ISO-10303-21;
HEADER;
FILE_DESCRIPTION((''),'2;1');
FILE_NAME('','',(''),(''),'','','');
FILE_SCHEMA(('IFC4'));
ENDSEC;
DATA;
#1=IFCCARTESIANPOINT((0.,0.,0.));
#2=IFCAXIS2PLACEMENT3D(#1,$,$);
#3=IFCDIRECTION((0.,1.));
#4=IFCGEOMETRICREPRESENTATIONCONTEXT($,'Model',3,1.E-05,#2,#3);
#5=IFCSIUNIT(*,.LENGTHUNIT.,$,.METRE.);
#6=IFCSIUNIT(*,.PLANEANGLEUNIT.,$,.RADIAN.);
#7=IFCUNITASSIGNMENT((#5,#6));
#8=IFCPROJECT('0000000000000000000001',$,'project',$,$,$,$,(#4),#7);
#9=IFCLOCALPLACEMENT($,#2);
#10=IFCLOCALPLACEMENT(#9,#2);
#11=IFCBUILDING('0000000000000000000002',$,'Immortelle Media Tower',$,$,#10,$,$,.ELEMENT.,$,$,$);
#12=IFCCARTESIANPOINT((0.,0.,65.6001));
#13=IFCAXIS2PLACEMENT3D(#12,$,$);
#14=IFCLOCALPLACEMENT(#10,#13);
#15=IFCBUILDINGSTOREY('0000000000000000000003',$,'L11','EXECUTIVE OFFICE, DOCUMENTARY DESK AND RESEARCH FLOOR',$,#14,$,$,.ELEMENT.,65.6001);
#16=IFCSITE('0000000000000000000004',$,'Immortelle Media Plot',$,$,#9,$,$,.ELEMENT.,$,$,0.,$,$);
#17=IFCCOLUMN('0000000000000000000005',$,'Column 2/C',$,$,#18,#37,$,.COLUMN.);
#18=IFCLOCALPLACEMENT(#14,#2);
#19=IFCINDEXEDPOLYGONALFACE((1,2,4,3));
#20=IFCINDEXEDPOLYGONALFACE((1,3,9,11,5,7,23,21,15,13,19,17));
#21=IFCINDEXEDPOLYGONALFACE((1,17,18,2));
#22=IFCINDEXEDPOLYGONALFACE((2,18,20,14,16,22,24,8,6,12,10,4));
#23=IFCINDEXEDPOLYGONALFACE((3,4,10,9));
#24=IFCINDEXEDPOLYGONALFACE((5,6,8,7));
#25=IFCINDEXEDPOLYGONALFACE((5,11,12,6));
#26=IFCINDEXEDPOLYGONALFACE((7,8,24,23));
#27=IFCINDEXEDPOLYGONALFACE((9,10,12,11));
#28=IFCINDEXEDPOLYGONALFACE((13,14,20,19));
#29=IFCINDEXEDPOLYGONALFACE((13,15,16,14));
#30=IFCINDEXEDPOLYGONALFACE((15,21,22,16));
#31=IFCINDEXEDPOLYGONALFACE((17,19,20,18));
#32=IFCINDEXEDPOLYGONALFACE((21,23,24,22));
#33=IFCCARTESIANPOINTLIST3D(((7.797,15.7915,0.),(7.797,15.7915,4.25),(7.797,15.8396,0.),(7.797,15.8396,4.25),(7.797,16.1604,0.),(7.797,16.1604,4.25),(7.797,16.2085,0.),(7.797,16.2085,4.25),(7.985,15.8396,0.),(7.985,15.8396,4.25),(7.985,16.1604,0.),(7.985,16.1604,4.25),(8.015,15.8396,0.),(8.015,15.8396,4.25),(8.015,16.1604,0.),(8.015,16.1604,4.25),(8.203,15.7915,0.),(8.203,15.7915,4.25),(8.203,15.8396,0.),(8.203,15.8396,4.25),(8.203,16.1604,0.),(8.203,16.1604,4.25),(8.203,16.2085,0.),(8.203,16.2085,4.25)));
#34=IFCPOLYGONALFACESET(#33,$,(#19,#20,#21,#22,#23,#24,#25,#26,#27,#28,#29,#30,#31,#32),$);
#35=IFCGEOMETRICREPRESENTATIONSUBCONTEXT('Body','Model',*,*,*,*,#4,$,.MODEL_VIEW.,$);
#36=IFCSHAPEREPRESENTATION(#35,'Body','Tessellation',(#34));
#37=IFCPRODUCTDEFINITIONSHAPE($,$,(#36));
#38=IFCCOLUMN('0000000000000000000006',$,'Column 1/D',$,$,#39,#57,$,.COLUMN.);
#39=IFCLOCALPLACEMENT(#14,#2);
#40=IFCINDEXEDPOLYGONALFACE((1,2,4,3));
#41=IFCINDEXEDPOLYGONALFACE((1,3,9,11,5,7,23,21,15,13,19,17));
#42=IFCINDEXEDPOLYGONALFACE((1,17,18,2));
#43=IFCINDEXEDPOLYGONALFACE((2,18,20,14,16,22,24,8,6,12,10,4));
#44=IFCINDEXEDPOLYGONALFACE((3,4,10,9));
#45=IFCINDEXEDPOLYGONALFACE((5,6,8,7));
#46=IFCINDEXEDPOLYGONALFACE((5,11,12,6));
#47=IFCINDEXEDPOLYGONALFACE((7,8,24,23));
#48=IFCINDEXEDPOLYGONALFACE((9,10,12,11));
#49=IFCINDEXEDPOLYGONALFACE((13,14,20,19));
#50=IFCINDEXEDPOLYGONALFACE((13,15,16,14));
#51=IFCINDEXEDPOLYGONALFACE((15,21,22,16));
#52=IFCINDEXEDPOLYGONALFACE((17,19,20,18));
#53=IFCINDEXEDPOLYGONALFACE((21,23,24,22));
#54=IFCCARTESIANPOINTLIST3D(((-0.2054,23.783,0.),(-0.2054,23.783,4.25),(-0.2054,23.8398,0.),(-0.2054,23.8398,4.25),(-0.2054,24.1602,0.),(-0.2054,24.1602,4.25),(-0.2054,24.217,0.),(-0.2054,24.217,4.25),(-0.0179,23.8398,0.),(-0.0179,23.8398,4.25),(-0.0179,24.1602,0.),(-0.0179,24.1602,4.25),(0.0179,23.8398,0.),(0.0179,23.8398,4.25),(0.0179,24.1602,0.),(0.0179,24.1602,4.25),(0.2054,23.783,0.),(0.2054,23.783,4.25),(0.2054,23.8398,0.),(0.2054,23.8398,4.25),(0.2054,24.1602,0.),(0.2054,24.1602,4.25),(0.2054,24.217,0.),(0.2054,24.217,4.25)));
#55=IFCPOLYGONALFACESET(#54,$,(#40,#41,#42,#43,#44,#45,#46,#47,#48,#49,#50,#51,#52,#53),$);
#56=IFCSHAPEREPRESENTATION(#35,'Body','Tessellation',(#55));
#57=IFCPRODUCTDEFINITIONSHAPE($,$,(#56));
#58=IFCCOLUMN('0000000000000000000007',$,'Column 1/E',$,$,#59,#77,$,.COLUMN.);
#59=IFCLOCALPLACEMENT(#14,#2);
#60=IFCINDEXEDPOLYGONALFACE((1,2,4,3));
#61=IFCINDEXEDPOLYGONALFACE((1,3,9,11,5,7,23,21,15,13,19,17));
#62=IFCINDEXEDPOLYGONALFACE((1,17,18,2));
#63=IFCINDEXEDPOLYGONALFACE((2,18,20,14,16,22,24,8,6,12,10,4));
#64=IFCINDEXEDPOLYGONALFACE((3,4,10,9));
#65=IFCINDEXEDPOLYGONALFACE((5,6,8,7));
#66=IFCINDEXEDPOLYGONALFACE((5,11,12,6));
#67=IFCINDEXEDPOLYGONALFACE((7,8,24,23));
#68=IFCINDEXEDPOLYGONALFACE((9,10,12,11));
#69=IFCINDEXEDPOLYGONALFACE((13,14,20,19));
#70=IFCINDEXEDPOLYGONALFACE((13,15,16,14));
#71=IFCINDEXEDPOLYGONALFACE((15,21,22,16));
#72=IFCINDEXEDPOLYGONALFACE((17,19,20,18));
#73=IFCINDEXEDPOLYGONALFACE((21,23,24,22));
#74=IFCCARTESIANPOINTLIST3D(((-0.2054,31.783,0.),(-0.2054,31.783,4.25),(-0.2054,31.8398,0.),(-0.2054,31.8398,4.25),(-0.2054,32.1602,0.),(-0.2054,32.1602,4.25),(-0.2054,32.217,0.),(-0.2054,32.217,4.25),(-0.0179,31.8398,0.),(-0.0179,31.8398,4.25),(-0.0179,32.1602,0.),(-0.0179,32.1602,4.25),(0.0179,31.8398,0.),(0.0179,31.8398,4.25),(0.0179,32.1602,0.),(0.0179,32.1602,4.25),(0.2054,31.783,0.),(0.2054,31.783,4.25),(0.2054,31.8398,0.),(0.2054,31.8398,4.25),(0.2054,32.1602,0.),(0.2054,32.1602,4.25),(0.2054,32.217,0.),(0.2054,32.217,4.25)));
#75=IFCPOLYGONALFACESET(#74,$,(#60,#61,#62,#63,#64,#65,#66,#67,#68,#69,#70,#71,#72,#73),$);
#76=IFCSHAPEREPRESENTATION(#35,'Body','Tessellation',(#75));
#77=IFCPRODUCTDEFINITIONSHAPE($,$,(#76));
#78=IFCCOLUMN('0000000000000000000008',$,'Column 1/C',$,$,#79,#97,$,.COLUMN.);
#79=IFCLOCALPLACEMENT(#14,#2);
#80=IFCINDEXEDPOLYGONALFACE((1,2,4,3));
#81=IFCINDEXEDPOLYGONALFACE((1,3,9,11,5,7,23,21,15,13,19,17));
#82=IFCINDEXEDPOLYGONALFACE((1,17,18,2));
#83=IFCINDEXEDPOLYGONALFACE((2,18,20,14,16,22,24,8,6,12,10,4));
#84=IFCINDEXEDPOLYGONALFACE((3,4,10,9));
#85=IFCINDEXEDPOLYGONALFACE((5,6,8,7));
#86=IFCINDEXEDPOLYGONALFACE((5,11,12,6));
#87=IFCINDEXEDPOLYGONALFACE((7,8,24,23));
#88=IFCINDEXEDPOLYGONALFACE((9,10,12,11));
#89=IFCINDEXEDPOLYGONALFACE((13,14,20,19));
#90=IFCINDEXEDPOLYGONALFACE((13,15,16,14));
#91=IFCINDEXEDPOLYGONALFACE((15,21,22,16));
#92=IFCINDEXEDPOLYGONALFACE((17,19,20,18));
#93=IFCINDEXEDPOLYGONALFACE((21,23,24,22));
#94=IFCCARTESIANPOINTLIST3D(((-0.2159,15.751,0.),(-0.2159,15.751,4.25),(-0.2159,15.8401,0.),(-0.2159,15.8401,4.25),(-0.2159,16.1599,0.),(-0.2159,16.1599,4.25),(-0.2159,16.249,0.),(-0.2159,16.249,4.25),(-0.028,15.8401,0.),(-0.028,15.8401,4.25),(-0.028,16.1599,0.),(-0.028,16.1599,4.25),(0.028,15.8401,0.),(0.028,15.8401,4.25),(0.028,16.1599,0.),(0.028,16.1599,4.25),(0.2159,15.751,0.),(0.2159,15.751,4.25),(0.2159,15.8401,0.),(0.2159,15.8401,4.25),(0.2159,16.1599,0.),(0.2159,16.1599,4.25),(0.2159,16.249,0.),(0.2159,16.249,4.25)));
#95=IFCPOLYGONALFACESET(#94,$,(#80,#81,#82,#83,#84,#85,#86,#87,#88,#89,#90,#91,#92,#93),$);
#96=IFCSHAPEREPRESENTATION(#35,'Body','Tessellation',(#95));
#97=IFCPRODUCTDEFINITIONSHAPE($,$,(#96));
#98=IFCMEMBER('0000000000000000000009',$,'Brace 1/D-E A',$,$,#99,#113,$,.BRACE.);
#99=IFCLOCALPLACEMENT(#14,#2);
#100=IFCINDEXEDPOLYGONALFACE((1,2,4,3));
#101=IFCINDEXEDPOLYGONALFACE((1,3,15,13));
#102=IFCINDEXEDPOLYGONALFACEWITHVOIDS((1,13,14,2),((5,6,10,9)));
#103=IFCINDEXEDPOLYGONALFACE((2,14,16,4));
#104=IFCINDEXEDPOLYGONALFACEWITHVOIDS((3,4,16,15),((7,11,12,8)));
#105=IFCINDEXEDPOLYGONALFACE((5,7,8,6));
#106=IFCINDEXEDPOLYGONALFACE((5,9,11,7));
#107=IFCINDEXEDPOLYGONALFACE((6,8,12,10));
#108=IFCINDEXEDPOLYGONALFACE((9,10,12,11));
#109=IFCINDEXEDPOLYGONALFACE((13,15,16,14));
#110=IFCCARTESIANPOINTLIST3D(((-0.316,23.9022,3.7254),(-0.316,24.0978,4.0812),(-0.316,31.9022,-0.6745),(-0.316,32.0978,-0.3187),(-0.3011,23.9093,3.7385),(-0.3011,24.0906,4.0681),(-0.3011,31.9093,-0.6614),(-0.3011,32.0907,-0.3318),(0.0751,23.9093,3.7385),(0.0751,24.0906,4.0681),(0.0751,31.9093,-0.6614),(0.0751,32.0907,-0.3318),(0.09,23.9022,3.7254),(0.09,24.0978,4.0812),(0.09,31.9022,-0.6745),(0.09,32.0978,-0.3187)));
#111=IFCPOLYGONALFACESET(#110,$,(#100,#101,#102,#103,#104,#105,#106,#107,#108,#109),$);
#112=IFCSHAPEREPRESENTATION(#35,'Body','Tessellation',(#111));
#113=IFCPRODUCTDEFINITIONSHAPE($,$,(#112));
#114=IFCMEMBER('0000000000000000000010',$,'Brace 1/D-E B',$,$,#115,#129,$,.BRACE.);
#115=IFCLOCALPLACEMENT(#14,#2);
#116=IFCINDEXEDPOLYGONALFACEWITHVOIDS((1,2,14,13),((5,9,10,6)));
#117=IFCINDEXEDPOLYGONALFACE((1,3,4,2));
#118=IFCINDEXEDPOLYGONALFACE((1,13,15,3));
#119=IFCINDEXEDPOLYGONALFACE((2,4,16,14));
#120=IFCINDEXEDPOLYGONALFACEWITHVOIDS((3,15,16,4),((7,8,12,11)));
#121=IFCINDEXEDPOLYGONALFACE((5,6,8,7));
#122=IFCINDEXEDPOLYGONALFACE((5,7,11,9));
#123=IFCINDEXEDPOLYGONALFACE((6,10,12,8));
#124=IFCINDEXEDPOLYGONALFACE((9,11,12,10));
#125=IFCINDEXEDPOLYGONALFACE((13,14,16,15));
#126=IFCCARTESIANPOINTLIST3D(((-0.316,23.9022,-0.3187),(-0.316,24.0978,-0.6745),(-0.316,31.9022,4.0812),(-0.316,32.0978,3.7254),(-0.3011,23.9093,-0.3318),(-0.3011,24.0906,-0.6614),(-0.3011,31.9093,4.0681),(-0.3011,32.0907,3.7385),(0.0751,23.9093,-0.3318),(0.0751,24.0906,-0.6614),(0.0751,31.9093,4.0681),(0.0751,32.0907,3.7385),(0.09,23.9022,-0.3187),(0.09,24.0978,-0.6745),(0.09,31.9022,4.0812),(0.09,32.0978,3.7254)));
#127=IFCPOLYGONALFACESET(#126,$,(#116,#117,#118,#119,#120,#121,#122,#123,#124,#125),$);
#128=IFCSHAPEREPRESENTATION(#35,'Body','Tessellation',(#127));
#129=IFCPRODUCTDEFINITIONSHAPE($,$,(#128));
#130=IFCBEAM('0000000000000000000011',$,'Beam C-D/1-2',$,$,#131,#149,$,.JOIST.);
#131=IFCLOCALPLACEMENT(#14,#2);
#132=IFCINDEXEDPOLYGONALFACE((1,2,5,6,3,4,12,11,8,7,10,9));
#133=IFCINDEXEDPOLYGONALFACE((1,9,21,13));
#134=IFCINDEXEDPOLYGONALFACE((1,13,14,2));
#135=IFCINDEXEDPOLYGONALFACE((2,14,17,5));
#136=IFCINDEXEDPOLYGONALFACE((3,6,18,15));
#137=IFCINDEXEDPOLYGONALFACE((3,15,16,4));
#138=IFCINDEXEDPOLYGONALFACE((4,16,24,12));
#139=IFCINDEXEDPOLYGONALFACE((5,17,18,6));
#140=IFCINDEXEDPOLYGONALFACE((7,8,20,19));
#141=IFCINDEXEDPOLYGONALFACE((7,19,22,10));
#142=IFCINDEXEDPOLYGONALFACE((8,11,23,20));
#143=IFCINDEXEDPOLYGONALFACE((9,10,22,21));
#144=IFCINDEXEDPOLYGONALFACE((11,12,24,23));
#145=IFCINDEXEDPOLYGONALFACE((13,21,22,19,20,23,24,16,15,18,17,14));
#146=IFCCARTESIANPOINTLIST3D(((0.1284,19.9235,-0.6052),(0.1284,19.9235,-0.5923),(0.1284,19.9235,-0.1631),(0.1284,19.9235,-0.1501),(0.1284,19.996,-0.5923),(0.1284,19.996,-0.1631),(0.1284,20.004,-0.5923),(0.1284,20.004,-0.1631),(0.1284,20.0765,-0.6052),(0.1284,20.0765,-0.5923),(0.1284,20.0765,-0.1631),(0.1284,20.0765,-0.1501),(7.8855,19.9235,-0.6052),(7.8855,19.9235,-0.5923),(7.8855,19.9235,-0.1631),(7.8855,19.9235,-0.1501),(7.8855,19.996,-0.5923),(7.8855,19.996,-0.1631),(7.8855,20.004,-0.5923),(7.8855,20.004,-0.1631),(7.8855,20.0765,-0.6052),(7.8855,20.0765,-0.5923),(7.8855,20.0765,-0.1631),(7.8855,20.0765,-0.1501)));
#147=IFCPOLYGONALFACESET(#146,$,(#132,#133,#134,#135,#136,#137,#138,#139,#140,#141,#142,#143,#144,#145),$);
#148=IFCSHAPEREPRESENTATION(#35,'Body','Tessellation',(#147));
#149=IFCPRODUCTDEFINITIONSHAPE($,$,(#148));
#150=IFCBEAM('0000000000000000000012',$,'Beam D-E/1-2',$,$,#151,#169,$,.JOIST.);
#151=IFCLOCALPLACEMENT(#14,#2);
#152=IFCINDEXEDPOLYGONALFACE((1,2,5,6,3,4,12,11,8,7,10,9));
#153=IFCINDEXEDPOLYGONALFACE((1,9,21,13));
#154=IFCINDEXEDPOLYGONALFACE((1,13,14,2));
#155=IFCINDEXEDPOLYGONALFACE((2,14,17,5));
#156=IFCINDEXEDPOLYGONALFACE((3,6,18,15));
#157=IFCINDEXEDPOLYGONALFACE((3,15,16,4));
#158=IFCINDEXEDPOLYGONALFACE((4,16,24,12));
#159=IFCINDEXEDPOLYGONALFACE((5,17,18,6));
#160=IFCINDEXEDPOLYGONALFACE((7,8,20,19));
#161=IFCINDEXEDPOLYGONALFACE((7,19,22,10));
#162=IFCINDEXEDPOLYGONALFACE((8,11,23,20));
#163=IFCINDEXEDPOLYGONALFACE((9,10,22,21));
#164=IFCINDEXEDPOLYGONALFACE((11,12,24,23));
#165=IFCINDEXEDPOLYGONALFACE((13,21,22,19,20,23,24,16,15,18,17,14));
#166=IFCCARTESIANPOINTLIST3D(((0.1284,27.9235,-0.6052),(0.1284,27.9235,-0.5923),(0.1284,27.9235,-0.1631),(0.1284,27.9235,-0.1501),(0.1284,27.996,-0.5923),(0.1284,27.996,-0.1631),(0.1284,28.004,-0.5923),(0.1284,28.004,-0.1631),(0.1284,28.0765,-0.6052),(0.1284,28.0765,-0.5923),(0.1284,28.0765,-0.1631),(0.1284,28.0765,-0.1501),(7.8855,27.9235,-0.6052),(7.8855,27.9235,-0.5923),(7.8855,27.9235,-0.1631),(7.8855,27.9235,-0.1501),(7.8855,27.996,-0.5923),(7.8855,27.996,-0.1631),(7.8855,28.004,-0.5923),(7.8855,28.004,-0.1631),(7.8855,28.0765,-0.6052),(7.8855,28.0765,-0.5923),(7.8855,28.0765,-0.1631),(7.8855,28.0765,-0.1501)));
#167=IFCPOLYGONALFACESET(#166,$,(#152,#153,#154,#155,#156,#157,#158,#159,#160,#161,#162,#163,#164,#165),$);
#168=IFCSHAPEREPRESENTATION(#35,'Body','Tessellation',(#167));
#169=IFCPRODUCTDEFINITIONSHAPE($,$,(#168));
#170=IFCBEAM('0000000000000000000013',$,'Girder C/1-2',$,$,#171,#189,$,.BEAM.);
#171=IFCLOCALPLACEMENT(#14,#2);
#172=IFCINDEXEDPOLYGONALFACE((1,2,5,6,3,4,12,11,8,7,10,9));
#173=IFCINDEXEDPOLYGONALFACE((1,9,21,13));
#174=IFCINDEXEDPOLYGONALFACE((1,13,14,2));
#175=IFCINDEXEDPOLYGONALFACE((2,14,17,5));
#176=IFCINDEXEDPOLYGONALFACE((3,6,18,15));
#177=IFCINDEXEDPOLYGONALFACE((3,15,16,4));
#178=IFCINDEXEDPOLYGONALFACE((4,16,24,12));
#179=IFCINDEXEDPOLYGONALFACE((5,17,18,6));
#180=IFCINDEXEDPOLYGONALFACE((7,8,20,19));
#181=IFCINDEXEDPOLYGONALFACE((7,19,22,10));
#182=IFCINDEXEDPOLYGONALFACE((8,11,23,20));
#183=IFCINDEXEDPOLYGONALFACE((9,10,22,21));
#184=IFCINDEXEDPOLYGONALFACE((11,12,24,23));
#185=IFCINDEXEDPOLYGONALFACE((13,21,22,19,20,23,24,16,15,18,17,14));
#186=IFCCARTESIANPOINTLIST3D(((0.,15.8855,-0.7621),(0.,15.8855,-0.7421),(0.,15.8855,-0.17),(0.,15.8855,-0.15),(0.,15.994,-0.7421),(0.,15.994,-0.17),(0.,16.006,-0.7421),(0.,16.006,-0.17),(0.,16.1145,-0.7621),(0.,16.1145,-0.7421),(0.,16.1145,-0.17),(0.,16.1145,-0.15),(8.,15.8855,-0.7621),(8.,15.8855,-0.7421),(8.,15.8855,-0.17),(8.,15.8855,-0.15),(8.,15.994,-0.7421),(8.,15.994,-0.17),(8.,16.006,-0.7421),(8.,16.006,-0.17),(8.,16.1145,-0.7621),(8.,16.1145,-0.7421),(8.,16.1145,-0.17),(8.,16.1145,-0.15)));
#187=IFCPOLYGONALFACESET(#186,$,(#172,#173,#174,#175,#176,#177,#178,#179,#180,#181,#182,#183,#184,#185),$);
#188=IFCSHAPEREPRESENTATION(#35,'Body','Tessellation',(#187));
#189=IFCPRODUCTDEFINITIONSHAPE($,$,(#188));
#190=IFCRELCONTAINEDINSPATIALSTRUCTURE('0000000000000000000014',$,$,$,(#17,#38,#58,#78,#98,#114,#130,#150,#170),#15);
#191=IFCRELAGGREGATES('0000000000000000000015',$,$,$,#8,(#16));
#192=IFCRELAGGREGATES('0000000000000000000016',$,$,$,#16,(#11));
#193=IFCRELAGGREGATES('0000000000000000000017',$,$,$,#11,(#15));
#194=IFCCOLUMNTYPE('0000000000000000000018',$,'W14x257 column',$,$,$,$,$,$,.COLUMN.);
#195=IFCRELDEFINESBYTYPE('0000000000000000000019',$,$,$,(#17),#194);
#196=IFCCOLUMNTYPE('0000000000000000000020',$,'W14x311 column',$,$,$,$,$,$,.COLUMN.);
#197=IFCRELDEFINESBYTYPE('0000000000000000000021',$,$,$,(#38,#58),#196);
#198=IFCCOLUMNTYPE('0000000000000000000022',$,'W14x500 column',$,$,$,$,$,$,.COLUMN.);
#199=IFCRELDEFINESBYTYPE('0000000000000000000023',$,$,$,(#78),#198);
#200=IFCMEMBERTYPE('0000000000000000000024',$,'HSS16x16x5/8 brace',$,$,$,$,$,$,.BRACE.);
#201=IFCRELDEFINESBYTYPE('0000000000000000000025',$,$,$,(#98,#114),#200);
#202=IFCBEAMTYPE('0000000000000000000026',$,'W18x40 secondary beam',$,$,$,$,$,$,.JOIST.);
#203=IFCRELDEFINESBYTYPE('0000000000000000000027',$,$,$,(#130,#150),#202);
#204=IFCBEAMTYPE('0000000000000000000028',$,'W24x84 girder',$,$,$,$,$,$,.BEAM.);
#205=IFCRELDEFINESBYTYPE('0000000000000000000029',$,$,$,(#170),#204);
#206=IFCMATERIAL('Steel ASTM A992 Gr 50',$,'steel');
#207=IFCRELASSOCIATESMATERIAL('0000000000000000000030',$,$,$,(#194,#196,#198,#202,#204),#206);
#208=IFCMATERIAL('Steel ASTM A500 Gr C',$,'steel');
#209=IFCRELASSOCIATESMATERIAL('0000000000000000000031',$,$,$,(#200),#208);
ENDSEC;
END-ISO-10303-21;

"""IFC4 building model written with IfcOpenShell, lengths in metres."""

from ifc_helpers import new_model, si_unit, direction, frame, origin, origin_2d, place, context, subcontext, project, spatial, hollow_rectangle, i_section, extrude, material, material_profile, profile_set, type_object, element, save


model = new_model("IFC4")

# Units and contexts
model_context = context("Model", 3, precision=1e-05, world=origin(), true_north=direction((0.0, 1.0)))
body_context = subcontext(model_context, "Body", "Model", "MODEL_VIEW")
ifc_project = project(units=[si_unit("LENGTHUNIT", "METRE"), si_unit("PLANEANGLEUNIT", "RADIAN")], contexts=[model_context])

# Site, building, storey
site_placement = place(None, origin())
site = spatial("IfcSite", under=ifc_project, at=site_placement, Name="Immortelle Media Plot", CompositionType="ELEMENT", RefElevation=0.0)
building_placement = place(site_placement, origin())
building = spatial("IfcBuilding", under=site, at=building_placement, Name="Immortelle Media Tower", CompositionType="ELEMENT")
storey_placement = place(building_placement, frame((0.0, 0.0, 65.6001)))
storey = spatial("IfcBuildingStorey", under=building, at=storey_placement, Name="L11", Description="EXECUTIVE OFFICE, DOCUMENTARY DESK AND RESEARCH FLOOR", CompositionType="ELEMENT", Elevation=65.6001)

# Columns
ifc_material_1 = material(Name="Steel ASTM A992 Gr 50", Category="steel")
ifc_material_profile_1 = material_profile(ifc_material_1, i_section(OverallWidth=0.406, OverallDepth=0.417, WebThickness=0.03, FlangeThickness=0.0481, at=origin_2d()), Name="W14x257")
ifc_profile_set_1 = profile_set([ifc_material_profile_1], Name="Steel ASTM A992 Gr 50")
column_type_1 = type_object("IfcColumnType", Name="W14x257 column", PredefinedType="COLUMN", material=ifc_profile_set_1)
column_1_placement = place(storey_placement, frame((8.0, 16.0, 0.0), z_axis=(0.0, 0.0, 1.0), x_axis=(1.0, 0.0, 0.0)))
element("IfcColumn", 1, at=column_1_placement, inside=storey, type_object=column_type_1, Name="Column 2/C", PredefinedType="COLUMN", context=body_context, shape_type="SweptSolid", body=[
    extrude(i_section(OverallWidth=0.406, OverallDepth=0.417, WebThickness=0.03, FlangeThickness=0.0481, at=origin_2d()), origin(), (0.0, 0.0, 1.0), 4.25),
])
ifc_material_profile_2 = material_profile(ifc_material_1, i_section(OverallWidth=0.4109, OverallDepth=0.4341, WebThickness=0.0359, FlangeThickness=0.0569, at=origin_2d()), Name="W14x311")
ifc_profile_set_2 = profile_set([ifc_material_profile_2], Name="Steel ASTM A992 Gr 50")
column_type_2 = type_object("IfcColumnType", Name="W14x311 column", PredefinedType="COLUMN", material=ifc_profile_set_2)
for number, where, z_axis, x_axis, name in (
    (2, (0.0, 24.0, 0.0), (0.0, 0.0, 1.0), (1.0, 0.0, 0.0), "Column 1/D"),
    (3, (0.0, 32.0, 0.0), (0.0, 0.0, 1.0), (1.0, 0.0, 0.0), "Column 1/E"),
):
    element("IfcColumn", number, at=place(storey_placement, frame(where, z_axis=z_axis, x_axis=x_axis)), inside=storey, type_object=column_type_2, Name=name, PredefinedType="COLUMN", context=body_context, shape_type="SweptSolid", body=[
        extrude(i_section(OverallWidth=0.4109, OverallDepth=0.4341, WebThickness=0.0359, FlangeThickness=0.0569, at=origin_2d()), origin(), (0.0, 0.0, 1.0), 4.25),
    ])
ifc_material_profile_3 = material_profile(ifc_material_1, i_section(OverallWidth=0.4319, OverallDepth=0.498, WebThickness=0.0559, FlangeThickness=0.0891, at=origin_2d()), Name="W14x500")
ifc_profile_set_3 = profile_set([ifc_material_profile_3], Name="Steel ASTM A992 Gr 50")
column_type_3 = type_object("IfcColumnType", Name="W14x500 column", PredefinedType="COLUMN", material=ifc_profile_set_3)
column_2_placement = place(storey_placement, frame((0.0, 16.0, 0.0), z_axis=(0.0, 0.0, 1.0), x_axis=(1.0, 0.0, 0.0)))
element("IfcColumn", 4, at=column_2_placement, inside=storey, type_object=column_type_3, Name="Column 1/C", PredefinedType="COLUMN", context=body_context, shape_type="SweptSolid", body=[
    extrude(i_section(OverallWidth=0.4319, OverallDepth=0.498, WebThickness=0.0559, FlangeThickness=0.0891, at=origin_2d()), origin(), (0.0, 0.0, 1.0), 4.25),
])

# Members
ifc_material_2 = material(Name="Steel ASTM A500 Gr C", Category="steel")
ifc_material_profile_4 = material_profile(ifc_material_2, hollow_rectangle(XDim=0.406, YDim=0.406, WallThickness=0.0149, at=origin_2d()), Name="HSS16x16x5/8 brace")
ifc_profile_set_4 = profile_set([ifc_material_profile_4], Name="Steel ASTM A500 Gr C")
member_type = type_object("IfcMemberType", Name="HSS16x16x5/8 brace", PredefinedType="BRACE", material=ifc_profile_set_4)
for number, where, z_axis, x_axis, name in (
    (5, (-0.113, 32.0, -0.4966), (0.0, -0.87622, 0.481911), (1.0, 0.0, 0.0), "Brace 1/D-E A"),
    (6, (-0.113, 32.0, 3.9033), (0.0, -0.87622, -0.481911), (1.0, 0.0, 0.0), "Brace 1/D-E B"),
):
    element("IfcMember", number, at=place(storey_placement, frame(where, z_axis=z_axis, x_axis=x_axis)), inside=storey, type_object=member_type, Name=name, PredefinedType="BRACE", context=body_context, shape_type="SweptSolid", body=[
        extrude(hollow_rectangle(XDim=0.406, YDim=0.406, WallThickness=0.0149, at=origin_2d()), origin(), (0.0, 0.0, 1.0), 9.1301),
    ])

# Beams
ifc_material_profile_5 = material_profile(ifc_material_1, i_section(OverallWidth=0.1531, OverallDepth=0.4551, WebThickness=0.0081, FlangeThickness=0.0129, at=origin_2d()), Name="W18x40")
ifc_profile_set_5 = profile_set([ifc_material_profile_5], Name="Steel ASTM A992 Gr 50")
beam_type_1 = type_object("IfcBeamType", Name="W18x40 secondary beam", PredefinedType="JOIST", material=ifc_profile_set_5)
for number, where, z_axis, x_axis, name in (
    (7, (0.1284, 20.0, -0.3777), (1.0, 0.0, 0.0), (0.0, 1.0, 0.0), "Beam C-D/1-2"),
    (8, (0.1284, 28.0, -0.3777), (1.0, 0.0, 0.0), (0.0, 1.0, 0.0), "Beam D-E/1-2"),
):
    element("IfcBeam", number, at=place(storey_placement, frame(where, z_axis=z_axis, x_axis=x_axis)), inside=storey, type_object=beam_type_1, Name=name, PredefinedType="JOIST", context=body_context, shape_type="SweptSolid", body=[
        extrude(i_section(OverallWidth=0.1531, OverallDepth=0.4551, WebThickness=0.0081, FlangeThickness=0.0129, at=origin_2d()), origin(), (0.0, 0.0, 1.0), 7.7571),
    ])
ifc_material_profile_6 = material_profile(ifc_material_1, i_section(OverallWidth=0.229, OverallDepth=0.6121, WebThickness=0.012, FlangeThickness=0.02, at=origin_2d()), Name="W24x84")
ifc_profile_set_6 = profile_set([ifc_material_profile_6], Name="Steel ASTM A992 Gr 50")
beam_type_2 = type_object("IfcBeamType", Name="W24x84 girder", PredefinedType="BEAM", material=ifc_profile_set_6)
for number, where, z_axis, x_axis, name in (
    (9, (0.0, 16.0, -0.4561), (1.0, 0.0, 0.0), (0.0, 1.0, 0.0), "Girder C/1-2"),
):
    element("IfcBeam", number, at=place(storey_placement, frame(where, z_axis=z_axis, x_axis=x_axis)), inside=storey, type_object=beam_type_2, Name=name, PredefinedType="BEAM", context=body_context, shape_type="SweptSolid", body=[
        extrude(i_section(OverallWidth=0.229, OverallDepth=0.6121, WebThickness=0.012, FlangeThickness=0.02, at=origin_2d()), origin(), (0.0, 0.0, 1.0), 8.0),
    ])

save(model, "model.ifc")
